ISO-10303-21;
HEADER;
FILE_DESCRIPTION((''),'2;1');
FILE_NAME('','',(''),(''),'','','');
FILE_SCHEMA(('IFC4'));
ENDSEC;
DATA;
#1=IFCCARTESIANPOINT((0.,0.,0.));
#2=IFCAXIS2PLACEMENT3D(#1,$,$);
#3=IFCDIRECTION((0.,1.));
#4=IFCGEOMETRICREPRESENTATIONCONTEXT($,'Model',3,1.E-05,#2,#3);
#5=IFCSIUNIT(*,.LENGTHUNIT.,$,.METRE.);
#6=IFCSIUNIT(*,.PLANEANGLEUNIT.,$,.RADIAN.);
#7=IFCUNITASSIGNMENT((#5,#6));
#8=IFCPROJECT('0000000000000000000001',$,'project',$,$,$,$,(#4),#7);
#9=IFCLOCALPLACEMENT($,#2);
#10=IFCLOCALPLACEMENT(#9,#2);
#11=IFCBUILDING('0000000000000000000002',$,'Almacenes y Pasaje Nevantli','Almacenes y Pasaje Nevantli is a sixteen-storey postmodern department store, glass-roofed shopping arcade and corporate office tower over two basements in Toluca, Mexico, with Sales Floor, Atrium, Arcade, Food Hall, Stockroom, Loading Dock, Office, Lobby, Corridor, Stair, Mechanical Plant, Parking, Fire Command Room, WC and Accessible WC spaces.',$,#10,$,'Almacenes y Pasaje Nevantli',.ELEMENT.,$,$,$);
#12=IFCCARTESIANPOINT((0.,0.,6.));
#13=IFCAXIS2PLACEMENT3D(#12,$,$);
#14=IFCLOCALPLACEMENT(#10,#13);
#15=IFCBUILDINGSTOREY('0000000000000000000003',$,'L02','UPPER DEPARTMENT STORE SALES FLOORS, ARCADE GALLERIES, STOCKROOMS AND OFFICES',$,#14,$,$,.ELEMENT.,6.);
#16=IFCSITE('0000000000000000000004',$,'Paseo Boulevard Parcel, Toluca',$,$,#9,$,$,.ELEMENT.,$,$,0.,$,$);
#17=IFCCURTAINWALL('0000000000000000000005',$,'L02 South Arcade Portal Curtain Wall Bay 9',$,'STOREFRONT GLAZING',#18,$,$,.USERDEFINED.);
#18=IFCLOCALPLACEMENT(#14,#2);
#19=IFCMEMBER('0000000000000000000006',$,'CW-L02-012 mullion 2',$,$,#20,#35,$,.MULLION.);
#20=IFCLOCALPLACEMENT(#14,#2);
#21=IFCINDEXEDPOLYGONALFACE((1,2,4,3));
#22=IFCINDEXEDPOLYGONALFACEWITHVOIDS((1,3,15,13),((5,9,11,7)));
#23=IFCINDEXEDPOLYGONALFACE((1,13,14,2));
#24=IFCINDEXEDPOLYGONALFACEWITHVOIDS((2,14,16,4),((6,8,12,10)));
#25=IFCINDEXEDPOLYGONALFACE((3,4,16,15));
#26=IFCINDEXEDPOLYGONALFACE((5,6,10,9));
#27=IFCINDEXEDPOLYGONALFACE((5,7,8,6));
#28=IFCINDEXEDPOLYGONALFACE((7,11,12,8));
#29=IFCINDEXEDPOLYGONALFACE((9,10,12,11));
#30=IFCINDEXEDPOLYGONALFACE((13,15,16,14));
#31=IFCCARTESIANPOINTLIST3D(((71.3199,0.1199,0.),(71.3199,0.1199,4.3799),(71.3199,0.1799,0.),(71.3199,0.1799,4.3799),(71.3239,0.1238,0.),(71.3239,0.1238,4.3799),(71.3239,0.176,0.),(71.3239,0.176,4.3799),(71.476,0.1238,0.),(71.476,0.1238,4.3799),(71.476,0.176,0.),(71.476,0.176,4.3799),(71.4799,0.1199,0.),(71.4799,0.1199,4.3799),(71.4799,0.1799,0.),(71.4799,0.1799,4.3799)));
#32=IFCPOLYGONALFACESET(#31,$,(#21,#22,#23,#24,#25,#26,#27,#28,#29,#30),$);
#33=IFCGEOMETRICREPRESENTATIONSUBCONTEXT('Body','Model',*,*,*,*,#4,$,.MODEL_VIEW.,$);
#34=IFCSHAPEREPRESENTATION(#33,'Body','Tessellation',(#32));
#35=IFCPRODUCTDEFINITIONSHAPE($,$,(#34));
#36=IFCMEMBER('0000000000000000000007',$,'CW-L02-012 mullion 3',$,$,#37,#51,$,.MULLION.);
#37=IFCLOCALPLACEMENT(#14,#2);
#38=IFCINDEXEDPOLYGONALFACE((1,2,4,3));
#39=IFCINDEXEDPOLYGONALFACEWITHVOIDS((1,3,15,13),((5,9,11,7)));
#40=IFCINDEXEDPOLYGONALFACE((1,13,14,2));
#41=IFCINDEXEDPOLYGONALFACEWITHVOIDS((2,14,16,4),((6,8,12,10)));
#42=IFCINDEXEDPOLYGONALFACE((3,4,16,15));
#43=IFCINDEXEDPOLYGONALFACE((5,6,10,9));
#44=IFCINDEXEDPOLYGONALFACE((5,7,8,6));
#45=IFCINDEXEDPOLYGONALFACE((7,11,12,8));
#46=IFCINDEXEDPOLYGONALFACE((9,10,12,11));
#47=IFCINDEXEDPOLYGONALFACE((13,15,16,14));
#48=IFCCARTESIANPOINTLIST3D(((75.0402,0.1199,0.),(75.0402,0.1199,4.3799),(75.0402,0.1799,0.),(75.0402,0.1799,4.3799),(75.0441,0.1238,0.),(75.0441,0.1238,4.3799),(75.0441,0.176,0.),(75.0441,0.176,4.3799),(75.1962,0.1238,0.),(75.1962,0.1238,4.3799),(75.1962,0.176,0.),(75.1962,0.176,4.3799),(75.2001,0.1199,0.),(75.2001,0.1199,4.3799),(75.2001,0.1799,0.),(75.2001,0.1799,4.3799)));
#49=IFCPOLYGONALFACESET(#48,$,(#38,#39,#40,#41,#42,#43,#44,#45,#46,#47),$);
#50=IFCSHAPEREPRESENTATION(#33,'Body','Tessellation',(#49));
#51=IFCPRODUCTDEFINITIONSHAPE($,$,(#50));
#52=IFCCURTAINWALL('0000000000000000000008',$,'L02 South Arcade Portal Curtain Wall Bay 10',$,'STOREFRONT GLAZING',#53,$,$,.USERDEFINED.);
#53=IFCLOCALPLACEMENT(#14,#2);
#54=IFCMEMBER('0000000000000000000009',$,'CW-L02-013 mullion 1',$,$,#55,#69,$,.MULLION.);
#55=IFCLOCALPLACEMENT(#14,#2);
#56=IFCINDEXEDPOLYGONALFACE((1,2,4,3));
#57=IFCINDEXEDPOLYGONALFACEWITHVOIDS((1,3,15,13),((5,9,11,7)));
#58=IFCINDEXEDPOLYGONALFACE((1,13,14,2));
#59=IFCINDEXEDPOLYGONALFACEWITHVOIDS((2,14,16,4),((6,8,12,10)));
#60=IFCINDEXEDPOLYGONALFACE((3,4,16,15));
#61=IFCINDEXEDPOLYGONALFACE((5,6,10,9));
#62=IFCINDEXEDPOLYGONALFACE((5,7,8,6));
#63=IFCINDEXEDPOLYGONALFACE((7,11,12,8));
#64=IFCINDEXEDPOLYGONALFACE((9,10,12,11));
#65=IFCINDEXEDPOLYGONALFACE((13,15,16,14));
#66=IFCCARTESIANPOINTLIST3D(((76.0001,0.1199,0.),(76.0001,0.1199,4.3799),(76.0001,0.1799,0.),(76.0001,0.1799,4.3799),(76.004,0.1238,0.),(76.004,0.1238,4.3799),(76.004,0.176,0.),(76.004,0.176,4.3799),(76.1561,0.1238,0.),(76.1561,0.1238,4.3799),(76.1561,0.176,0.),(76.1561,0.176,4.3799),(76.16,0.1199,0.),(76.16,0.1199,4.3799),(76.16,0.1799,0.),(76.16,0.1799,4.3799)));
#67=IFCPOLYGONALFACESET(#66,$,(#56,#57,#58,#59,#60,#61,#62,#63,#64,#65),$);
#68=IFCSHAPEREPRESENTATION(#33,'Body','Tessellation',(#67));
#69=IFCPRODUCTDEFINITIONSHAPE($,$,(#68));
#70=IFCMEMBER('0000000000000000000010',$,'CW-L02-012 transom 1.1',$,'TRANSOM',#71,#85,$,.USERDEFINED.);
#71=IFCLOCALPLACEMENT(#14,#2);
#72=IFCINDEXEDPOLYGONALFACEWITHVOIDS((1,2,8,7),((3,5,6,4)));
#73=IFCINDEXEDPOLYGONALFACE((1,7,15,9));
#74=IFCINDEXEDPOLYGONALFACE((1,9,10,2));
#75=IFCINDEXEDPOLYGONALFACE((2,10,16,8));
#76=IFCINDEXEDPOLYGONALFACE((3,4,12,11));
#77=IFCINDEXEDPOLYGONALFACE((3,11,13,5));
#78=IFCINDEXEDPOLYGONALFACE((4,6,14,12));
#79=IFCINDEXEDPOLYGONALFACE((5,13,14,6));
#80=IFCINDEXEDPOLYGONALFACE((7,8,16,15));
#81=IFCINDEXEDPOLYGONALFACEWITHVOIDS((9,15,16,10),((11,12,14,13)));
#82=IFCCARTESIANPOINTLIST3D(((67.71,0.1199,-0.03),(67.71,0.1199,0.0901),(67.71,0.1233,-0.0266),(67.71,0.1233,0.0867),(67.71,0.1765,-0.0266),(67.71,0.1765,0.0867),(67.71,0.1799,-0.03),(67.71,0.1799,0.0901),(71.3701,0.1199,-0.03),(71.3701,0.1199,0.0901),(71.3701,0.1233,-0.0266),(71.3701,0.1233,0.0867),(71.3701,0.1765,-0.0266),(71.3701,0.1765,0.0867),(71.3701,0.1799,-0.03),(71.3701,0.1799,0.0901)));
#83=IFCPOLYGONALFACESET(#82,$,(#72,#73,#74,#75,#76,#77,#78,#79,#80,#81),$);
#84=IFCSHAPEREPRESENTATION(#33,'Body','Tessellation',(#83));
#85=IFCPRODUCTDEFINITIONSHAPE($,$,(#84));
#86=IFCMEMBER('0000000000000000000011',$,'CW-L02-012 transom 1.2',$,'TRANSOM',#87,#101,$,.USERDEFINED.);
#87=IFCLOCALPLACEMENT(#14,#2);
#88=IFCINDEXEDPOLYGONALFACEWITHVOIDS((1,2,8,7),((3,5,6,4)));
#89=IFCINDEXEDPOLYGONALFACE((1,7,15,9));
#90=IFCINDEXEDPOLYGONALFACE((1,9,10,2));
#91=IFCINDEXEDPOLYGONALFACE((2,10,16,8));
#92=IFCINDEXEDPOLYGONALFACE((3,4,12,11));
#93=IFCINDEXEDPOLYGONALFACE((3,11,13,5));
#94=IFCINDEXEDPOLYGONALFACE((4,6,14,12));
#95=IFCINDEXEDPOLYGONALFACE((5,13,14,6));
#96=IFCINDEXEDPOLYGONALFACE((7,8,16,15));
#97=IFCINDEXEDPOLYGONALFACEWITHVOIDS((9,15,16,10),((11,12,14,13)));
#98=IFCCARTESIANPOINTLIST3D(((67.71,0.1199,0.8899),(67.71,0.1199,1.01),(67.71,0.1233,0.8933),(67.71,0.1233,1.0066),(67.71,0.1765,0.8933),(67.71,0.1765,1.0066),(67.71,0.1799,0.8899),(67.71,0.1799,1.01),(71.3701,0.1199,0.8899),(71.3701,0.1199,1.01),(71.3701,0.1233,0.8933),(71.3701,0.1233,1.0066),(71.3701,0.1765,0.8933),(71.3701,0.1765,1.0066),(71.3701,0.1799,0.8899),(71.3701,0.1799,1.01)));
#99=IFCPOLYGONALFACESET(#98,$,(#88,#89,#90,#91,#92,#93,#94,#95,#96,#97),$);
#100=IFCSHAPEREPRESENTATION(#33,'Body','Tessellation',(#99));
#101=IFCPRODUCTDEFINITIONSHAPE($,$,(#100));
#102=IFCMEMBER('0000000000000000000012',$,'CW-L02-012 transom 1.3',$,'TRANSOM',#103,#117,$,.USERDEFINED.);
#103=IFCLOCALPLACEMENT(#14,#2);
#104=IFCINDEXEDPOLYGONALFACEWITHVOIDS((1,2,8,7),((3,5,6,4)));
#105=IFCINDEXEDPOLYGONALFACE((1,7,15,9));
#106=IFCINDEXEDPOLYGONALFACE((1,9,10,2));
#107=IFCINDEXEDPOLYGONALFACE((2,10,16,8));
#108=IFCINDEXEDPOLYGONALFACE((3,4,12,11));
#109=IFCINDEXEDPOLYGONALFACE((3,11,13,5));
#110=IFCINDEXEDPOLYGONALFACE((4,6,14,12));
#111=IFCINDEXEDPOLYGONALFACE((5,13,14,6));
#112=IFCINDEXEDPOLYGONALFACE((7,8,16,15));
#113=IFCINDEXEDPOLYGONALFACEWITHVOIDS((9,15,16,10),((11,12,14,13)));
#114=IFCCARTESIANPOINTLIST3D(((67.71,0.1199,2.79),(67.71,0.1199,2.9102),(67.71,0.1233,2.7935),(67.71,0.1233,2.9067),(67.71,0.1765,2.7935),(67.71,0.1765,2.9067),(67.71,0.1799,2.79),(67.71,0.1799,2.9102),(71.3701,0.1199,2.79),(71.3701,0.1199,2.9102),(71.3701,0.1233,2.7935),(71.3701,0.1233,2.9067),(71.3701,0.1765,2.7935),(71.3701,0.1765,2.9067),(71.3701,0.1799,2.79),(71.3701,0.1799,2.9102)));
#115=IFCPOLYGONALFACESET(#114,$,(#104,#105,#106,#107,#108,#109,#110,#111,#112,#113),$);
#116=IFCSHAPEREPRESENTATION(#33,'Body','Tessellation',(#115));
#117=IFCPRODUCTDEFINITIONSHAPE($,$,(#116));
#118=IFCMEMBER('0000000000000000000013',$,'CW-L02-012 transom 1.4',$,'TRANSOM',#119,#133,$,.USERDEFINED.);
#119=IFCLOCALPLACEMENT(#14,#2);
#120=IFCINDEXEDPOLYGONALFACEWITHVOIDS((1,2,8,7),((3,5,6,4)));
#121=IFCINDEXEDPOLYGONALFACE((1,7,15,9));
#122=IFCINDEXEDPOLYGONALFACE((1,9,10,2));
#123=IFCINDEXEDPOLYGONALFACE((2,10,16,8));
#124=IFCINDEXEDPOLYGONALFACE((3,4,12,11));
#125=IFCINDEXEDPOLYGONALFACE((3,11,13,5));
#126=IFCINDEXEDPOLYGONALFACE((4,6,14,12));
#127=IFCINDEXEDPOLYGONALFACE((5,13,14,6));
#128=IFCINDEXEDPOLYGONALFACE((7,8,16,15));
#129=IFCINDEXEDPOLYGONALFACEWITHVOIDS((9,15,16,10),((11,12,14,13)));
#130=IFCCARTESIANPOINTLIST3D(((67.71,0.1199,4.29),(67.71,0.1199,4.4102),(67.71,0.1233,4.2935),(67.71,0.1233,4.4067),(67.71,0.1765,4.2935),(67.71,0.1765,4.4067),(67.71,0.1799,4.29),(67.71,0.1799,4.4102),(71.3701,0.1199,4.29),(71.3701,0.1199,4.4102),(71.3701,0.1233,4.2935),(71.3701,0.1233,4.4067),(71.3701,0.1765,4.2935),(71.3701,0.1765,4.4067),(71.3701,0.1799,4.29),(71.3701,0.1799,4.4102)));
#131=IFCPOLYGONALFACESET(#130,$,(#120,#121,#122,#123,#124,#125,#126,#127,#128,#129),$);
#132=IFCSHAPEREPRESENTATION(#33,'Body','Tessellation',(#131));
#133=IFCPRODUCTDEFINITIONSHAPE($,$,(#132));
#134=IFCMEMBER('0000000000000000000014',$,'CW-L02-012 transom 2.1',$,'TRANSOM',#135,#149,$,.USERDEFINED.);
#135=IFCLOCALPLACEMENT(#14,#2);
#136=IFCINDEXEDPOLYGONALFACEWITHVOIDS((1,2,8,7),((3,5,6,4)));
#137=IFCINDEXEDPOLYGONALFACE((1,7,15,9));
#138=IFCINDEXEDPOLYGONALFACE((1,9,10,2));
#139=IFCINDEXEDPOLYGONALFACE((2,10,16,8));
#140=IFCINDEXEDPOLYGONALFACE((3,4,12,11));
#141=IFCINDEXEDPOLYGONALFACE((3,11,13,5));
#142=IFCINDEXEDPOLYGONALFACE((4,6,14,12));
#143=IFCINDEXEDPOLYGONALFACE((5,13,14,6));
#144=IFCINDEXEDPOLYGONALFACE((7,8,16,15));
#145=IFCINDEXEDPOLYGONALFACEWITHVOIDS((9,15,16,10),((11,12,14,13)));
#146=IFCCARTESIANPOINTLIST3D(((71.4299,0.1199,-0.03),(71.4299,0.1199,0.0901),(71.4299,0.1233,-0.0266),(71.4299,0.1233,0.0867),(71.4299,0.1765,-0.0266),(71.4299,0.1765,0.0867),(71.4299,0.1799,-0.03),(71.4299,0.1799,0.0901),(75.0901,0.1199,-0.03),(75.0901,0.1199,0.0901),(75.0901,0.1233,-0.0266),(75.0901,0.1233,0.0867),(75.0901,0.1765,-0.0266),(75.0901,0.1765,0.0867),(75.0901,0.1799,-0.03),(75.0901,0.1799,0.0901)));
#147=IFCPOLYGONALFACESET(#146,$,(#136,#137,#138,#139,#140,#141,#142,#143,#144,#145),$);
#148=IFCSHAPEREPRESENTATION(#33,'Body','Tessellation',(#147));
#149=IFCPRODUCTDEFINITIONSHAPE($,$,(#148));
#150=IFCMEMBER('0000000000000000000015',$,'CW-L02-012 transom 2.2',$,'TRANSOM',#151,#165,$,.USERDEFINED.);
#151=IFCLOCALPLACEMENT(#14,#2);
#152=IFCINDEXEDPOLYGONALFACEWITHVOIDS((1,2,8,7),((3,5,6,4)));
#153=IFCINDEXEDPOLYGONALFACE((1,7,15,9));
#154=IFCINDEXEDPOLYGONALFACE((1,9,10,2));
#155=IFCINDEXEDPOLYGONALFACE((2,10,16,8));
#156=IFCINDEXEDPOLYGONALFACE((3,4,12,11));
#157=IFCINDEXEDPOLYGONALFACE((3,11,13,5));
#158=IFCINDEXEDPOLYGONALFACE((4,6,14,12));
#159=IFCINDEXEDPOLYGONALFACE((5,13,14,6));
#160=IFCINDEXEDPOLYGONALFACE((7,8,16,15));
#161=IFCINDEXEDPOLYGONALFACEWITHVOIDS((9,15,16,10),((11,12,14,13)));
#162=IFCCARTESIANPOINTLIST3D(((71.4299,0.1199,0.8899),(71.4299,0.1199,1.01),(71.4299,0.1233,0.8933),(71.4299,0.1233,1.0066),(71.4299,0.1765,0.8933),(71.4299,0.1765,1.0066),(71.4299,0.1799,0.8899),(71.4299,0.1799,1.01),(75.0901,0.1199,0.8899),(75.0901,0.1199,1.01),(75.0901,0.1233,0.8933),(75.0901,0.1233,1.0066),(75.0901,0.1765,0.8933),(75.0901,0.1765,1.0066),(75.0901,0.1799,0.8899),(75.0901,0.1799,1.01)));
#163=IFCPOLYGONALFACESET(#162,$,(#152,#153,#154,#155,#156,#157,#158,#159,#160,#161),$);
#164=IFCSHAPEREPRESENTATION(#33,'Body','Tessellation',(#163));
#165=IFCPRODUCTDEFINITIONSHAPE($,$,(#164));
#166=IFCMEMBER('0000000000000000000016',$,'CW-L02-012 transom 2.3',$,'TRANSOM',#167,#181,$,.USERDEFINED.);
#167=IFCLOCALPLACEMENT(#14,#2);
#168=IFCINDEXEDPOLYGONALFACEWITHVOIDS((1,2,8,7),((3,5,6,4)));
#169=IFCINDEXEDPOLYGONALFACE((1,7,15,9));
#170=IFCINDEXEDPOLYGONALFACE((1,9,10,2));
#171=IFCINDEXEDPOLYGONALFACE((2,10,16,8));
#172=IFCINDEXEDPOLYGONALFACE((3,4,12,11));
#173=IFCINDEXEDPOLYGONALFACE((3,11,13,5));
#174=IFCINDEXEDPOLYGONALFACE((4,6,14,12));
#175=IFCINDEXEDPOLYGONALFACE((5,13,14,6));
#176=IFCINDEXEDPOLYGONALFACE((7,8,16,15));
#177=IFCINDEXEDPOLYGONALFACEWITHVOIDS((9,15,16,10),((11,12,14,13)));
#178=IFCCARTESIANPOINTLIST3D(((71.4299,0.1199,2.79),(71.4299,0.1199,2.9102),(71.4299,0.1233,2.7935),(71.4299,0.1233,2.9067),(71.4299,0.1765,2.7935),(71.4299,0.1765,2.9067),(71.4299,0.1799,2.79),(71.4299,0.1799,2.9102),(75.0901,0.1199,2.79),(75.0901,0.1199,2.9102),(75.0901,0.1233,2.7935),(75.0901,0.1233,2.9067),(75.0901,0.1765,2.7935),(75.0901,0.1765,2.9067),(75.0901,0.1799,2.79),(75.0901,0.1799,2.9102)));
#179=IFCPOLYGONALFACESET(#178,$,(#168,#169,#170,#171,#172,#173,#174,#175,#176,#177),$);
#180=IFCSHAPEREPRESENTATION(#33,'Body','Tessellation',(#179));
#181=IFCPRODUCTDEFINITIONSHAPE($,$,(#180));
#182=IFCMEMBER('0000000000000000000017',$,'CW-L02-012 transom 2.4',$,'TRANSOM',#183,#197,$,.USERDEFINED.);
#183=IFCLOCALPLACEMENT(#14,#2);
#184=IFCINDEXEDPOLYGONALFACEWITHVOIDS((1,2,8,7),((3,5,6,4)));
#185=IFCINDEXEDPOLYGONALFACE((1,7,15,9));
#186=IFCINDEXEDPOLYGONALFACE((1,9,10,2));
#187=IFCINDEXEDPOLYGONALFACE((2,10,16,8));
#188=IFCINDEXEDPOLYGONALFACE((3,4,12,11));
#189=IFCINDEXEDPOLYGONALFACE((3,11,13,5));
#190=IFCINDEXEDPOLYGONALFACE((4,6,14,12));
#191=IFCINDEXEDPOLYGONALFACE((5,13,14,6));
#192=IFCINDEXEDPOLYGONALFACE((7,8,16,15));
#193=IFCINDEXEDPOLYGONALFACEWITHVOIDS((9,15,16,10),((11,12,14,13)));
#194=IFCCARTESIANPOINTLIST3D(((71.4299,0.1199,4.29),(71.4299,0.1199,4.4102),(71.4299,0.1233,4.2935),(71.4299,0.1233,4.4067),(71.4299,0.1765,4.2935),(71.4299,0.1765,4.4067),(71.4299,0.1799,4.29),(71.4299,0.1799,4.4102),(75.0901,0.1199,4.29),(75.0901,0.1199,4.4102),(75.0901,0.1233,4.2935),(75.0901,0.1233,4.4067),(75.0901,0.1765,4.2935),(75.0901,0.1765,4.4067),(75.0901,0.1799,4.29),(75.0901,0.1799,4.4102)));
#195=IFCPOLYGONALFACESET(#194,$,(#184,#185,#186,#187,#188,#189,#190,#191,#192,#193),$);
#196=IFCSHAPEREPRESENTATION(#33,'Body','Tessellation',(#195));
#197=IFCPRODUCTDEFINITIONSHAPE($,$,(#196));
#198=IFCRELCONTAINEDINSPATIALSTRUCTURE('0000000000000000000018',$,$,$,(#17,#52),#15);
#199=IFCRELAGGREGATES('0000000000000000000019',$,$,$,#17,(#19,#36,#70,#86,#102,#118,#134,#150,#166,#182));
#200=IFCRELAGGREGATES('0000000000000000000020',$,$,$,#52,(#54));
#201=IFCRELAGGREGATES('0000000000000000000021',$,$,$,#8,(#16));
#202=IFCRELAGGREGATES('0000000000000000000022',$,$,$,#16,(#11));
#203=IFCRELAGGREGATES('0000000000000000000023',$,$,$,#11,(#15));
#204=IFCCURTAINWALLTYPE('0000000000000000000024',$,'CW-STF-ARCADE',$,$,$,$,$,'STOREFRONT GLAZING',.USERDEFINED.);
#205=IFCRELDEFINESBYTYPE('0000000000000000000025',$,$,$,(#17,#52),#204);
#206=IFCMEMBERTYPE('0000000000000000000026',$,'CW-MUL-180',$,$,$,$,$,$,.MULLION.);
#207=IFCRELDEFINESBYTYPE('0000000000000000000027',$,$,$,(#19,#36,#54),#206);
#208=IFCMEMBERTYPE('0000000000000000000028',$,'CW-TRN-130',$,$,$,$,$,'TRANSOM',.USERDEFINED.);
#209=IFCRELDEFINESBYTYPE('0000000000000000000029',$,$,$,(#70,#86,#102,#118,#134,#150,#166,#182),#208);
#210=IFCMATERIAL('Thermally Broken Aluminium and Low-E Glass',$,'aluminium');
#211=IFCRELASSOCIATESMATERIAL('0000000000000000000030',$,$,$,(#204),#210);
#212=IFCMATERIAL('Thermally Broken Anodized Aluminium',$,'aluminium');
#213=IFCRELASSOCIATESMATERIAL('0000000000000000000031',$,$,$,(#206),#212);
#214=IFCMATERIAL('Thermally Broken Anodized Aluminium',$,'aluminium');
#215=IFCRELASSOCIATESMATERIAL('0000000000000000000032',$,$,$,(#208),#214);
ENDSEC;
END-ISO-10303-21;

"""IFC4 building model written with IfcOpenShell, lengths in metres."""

from ifc_helpers import new_model, si_unit, direction, frame, origin, origin_2d, place, context, subcontext, project, spatial, hollow_rectangle, extrude, material, material_profile, profile_set, type_object, element, aggregate, save


model = new_model("IFC4")

# Units and contexts
model_context = context("Model", 3, precision=1e-05, world=origin(), true_north=direction((0.0, 1.0)))
body_context = subcontext(model_context, "Body", "Model", "MODEL_VIEW")
ifc_project = project(units=[si_unit("LENGTHUNIT", "METRE"), si_unit("PLANEANGLEUNIT", "RADIAN")], contexts=[model_context])

# Site, building, storey
site_placement = place(None, origin())
site = spatial("IfcSite", under=ifc_project, at=site_placement, Name="Paseo Boulevard Parcel, Toluca", CompositionType="ELEMENT", RefElevation=0.0)
building_placement = place(site_placement, origin())
building = spatial("IfcBuilding", under=site, at=building_placement, Name="Almacenes y Pasaje Nevantli", Description="Almacenes y Pasaje Nevantli is a sixteen-storey postmodern department store, glass-roofed shopping arcade and corporate office tower over two basements in Toluca, Mexico, with Sales Floor, Atrium, Arcade, Food Hall, Stockroom, Loading Dock, Office, Lobby, Corridor, Stair, Mechanical Plant, Parking, Fire Command Room, WC and Accessible WC spaces.", LongName="Almacenes y Pasaje Nevantli", CompositionType="ELEMENT")
storey_placement = place(building_placement, frame((0.0, 0.0, 6.0)))
storey = spatial("IfcBuildingStorey", under=building, at=storey_placement, Name="L02", Description="UPPER DEPARTMENT STORE SALES FLOORS, ARCADE GALLERIES, STOCKROOMS AND OFFICES", CompositionType="ELEMENT", Elevation=6.0)

# Curtain wall, members
ifc_material_1 = material(Name="Thermally Broken Aluminium and Low-E Glass", Category="aluminium")
curtain_wall_type = type_object("IfcCurtainWallType", Name="CW-STF-ARCADE", ElementType="STOREFRONT GLAZING", PredefinedType="USERDEFINED", material=ifc_material_1)
curtain_wall_1_placement = place(storey_placement, origin())
curtain_wall_1 = element("IfcCurtainWall", 1, at=curtain_wall_1_placement, inside=storey, type_object=curtain_wall_type, Name="L02 South Arcade Portal Curtain Wall Bay 9", ObjectType="STOREFRONT GLAZING", PredefinedType="USERDEFINED")
ifc_material_2 = material(Name="Thermally Broken Anodized Aluminium", Category="aluminium")
ifc_material_profile_1 = material_profile(ifc_material_2, hollow_rectangle(XDim=0.0601, YDim=0.1599, WallThickness=0.0039, at=origin_2d()), Name="ALU-MUL-60x160")
ifc_profile_set_1 = profile_set([ifc_material_profile_1], Name="Thermally Broken Anodized Aluminium")
member_type_1 = type_object("IfcMemberType", Name="CW-MUL-180", PredefinedType="MULLION", material=ifc_profile_set_1)
member_1_placement = place(storey_placement, frame((71.3999, 0.1499, 0.0), z_axis=(0.0, 0.0, 1.0), x_axis=(0.0, 1.0, 0.0)))
member_1 = element("IfcMember", 2, at=member_1_placement, type_object=member_type_1, Name="CW-L02-012 mullion 2", PredefinedType="MULLION", context=body_context, shape_type="SweptSolid", body=[
    extrude(hollow_rectangle(XDim=0.0601, YDim=0.1599, WallThickness=0.0039, at=origin_2d()), origin(), (0.0, 0.0, 1.0), 4.3799),
])
member_2_placement = place(storey_placement, frame((75.1201, 0.1499, 0.0), z_axis=(0.0, 0.0, 1.0), x_axis=(0.0, 1.0, 0.0)))
member_2 = element("IfcMember", 3, at=member_2_placement, type_object=member_type_1, Name="CW-L02-012 mullion 3", PredefinedType="MULLION", context=body_context, shape_type="SweptSolid", body=[
    extrude(hollow_rectangle(XDim=0.0601, YDim=0.1599, WallThickness=0.0039, at=origin_2d()), origin(), (0.0, 0.0, 1.0), 4.3799),
])

# Curtain wall, member
curtain_wall_2_placement = place(storey_placement, origin())
curtain_wall_2 = element("IfcCurtainWall", 4, at=curtain_wall_2_placement, inside=storey, type_object=curtain_wall_type, Name="L02 South Arcade Portal Curtain Wall Bay 10", ObjectType="STOREFRONT GLAZING", PredefinedType="USERDEFINED")
member_3_placement = place(storey_placement, frame((76.0801, 0.1499, 0.0), z_axis=(0.0, 0.0, 1.0), x_axis=(0.0, 1.0, 0.0)))
member_3 = element("IfcMember", 5, at=member_3_placement, type_object=member_type_1, Name="CW-L02-013 mullion 1", PredefinedType="MULLION", context=body_context, shape_type="SweptSolid", body=[
    extrude(hollow_rectangle(XDim=0.0601, YDim=0.1599, WallThickness=0.0039, at=origin_2d()), origin(), (0.0, 0.0, 1.0), 4.3799),
])

# Members
ifc_material_3 = material(Name="Thermally Broken Anodized Aluminium", Category="aluminium")
ifc_material_profile_2 = material_profile(ifc_material_3, hollow_rectangle(XDim=0.0601, YDim=0.1201, WallThickness=0.0034, at=origin_2d()), Name="ALU-TRN-60x120")
ifc_profile_set_2 = profile_set([ifc_material_profile_2], Name="Thermally Broken Anodized Aluminium")
member_type_2 = type_object("IfcMemberType", Name="CW-TRN-130", ElementType="TRANSOM", PredefinedType="USERDEFINED", material=ifc_profile_set_2)
member_4_placement = place(storey_placement, frame((67.71, 0.1499, 0.03), z_axis=(1.0, 0.0, 0.0), x_axis=(0.0, 1.0, 0.0)))
member_4 = element("IfcMember", 6, at=member_4_placement, type_object=member_type_2, Name="CW-L02-012 transom 1.1", ObjectType="TRANSOM", PredefinedType="USERDEFINED", context=body_context, shape_type="SweptSolid", body=[
    extrude(hollow_rectangle(XDim=0.0601, YDim=0.1201, WallThickness=0.0034, at=origin_2d()), origin(), (0.0, 0.0, 1.0), 3.6602),
])
member_5_placement = place(storey_placement, frame((67.71, 0.1499, 0.95), z_axis=(1.0, 0.0, 0.0), x_axis=(0.0, 1.0, 0.0)))
member_5 = element("IfcMember", 7, at=member_5_placement, type_object=member_type_2, Name="CW-L02-012 transom 1.2", ObjectType="TRANSOM", PredefinedType="USERDEFINED", context=body_context, shape_type="SweptSolid", body=[
    extrude(hollow_rectangle(XDim=0.0601, YDim=0.1201, WallThickness=0.0034, at=origin_2d()), origin(), (0.0, 0.0, 1.0), 3.6602),
])
member_6_placement = place(storey_placement, frame((67.71, 0.1499, 2.8501), z_axis=(1.0, 0.0, 0.0), x_axis=(0.0, 1.0, 0.0)))
member_6 = element("IfcMember", 8, at=member_6_placement, type_object=member_type_2, Name="CW-L02-012 transom 1.3", ObjectType="TRANSOM", PredefinedType="USERDEFINED", context=body_context, shape_type="SweptSolid", body=[
    extrude(hollow_rectangle(XDim=0.0601, YDim=0.1201, WallThickness=0.0034, at=origin_2d()), origin(), (0.0, 0.0, 1.0), 3.6602),
])
member_7_placement = place(storey_placement, frame((67.71, 0.1499, 4.3501), z_axis=(1.0, 0.0, 0.0), x_axis=(0.0, 1.0, 0.0)))
member_7 = element("IfcMember", 9, at=member_7_placement, type_object=member_type_2, Name="CW-L02-012 transom 1.4", ObjectType="TRANSOM", PredefinedType="USERDEFINED", context=body_context, shape_type="SweptSolid", body=[
    extrude(hollow_rectangle(XDim=0.0601, YDim=0.1201, WallThickness=0.0034, at=origin_2d()), origin(), (0.0, 0.0, 1.0), 3.6602),
])
member_8_placement = place(storey_placement, frame((71.4299, 0.1499, 0.03), z_axis=(1.0, 0.0, 0.0), x_axis=(0.0, 1.0, 0.0)))
member_8 = element("IfcMember", 10, at=member_8_placement, type_object=member_type_2, Name="CW-L02-012 transom 2.1", ObjectType="TRANSOM", PredefinedType="USERDEFINED", context=body_context, shape_type="SweptSolid", body=[
    extrude(hollow_rectangle(XDim=0.0601, YDim=0.1201, WallThickness=0.0034, at=origin_2d()), origin(), (0.0, 0.0, 1.0), 3.6602),
])
member_9_placement = place(storey_placement, frame((71.4299, 0.1499, 0.95), z_axis=(1.0, 0.0, 0.0), x_axis=(0.0, 1.0, 0.0)))
member_9 = element("IfcMember", 11, at=member_9_placement, type_object=member_type_2, Name="CW-L02-012 transom 2.2", ObjectType="TRANSOM", PredefinedType="USERDEFINED", context=body_context, shape_type="SweptSolid", body=[
    extrude(hollow_rectangle(XDim=0.0601, YDim=0.1201, WallThickness=0.0034, at=origin_2d()), origin(), (0.0, 0.0, 1.0), 3.6602),
])
member_10_placement = place(storey_placement, frame((71.4299, 0.1499, 2.8501), z_axis=(1.0, 0.0, 0.0), x_axis=(0.0, 1.0, 0.0)))
member_10 = element("IfcMember", 12, at=member_10_placement, type_object=member_type_2, Name="CW-L02-012 transom 2.3", ObjectType="TRANSOM", PredefinedType="USERDEFINED", context=body_context, shape_type="SweptSolid", body=[
    extrude(hollow_rectangle(XDim=0.0601, YDim=0.1201, WallThickness=0.0034, at=origin_2d()), origin(), (0.0, 0.0, 1.0), 3.6602),
])
member_11_placement = place(storey_placement, frame((71.4299, 0.1499, 4.3501), z_axis=(1.0, 0.0, 0.0), x_axis=(0.0, 1.0, 0.0)))
member_11 = element("IfcMember", 13, at=member_11_placement, type_object=member_type_2, Name="CW-L02-012 transom 2.4", ObjectType="TRANSOM", PredefinedType="USERDEFINED", context=body_context, shape_type="SweptSolid", body=[
    extrude(hollow_rectangle(XDim=0.0601, YDim=0.1201, WallThickness=0.0034, at=origin_2d()), origin(), (0.0, 0.0, 1.0), 3.6602),
])

aggregate(curtain_wall_1, [member_1, member_2, member_4, member_5, member_6, member_7, member_8, member_9, member_10, member_11])
aggregate(curtain_wall_2, [member_3])

save(model, "model.ifc")
